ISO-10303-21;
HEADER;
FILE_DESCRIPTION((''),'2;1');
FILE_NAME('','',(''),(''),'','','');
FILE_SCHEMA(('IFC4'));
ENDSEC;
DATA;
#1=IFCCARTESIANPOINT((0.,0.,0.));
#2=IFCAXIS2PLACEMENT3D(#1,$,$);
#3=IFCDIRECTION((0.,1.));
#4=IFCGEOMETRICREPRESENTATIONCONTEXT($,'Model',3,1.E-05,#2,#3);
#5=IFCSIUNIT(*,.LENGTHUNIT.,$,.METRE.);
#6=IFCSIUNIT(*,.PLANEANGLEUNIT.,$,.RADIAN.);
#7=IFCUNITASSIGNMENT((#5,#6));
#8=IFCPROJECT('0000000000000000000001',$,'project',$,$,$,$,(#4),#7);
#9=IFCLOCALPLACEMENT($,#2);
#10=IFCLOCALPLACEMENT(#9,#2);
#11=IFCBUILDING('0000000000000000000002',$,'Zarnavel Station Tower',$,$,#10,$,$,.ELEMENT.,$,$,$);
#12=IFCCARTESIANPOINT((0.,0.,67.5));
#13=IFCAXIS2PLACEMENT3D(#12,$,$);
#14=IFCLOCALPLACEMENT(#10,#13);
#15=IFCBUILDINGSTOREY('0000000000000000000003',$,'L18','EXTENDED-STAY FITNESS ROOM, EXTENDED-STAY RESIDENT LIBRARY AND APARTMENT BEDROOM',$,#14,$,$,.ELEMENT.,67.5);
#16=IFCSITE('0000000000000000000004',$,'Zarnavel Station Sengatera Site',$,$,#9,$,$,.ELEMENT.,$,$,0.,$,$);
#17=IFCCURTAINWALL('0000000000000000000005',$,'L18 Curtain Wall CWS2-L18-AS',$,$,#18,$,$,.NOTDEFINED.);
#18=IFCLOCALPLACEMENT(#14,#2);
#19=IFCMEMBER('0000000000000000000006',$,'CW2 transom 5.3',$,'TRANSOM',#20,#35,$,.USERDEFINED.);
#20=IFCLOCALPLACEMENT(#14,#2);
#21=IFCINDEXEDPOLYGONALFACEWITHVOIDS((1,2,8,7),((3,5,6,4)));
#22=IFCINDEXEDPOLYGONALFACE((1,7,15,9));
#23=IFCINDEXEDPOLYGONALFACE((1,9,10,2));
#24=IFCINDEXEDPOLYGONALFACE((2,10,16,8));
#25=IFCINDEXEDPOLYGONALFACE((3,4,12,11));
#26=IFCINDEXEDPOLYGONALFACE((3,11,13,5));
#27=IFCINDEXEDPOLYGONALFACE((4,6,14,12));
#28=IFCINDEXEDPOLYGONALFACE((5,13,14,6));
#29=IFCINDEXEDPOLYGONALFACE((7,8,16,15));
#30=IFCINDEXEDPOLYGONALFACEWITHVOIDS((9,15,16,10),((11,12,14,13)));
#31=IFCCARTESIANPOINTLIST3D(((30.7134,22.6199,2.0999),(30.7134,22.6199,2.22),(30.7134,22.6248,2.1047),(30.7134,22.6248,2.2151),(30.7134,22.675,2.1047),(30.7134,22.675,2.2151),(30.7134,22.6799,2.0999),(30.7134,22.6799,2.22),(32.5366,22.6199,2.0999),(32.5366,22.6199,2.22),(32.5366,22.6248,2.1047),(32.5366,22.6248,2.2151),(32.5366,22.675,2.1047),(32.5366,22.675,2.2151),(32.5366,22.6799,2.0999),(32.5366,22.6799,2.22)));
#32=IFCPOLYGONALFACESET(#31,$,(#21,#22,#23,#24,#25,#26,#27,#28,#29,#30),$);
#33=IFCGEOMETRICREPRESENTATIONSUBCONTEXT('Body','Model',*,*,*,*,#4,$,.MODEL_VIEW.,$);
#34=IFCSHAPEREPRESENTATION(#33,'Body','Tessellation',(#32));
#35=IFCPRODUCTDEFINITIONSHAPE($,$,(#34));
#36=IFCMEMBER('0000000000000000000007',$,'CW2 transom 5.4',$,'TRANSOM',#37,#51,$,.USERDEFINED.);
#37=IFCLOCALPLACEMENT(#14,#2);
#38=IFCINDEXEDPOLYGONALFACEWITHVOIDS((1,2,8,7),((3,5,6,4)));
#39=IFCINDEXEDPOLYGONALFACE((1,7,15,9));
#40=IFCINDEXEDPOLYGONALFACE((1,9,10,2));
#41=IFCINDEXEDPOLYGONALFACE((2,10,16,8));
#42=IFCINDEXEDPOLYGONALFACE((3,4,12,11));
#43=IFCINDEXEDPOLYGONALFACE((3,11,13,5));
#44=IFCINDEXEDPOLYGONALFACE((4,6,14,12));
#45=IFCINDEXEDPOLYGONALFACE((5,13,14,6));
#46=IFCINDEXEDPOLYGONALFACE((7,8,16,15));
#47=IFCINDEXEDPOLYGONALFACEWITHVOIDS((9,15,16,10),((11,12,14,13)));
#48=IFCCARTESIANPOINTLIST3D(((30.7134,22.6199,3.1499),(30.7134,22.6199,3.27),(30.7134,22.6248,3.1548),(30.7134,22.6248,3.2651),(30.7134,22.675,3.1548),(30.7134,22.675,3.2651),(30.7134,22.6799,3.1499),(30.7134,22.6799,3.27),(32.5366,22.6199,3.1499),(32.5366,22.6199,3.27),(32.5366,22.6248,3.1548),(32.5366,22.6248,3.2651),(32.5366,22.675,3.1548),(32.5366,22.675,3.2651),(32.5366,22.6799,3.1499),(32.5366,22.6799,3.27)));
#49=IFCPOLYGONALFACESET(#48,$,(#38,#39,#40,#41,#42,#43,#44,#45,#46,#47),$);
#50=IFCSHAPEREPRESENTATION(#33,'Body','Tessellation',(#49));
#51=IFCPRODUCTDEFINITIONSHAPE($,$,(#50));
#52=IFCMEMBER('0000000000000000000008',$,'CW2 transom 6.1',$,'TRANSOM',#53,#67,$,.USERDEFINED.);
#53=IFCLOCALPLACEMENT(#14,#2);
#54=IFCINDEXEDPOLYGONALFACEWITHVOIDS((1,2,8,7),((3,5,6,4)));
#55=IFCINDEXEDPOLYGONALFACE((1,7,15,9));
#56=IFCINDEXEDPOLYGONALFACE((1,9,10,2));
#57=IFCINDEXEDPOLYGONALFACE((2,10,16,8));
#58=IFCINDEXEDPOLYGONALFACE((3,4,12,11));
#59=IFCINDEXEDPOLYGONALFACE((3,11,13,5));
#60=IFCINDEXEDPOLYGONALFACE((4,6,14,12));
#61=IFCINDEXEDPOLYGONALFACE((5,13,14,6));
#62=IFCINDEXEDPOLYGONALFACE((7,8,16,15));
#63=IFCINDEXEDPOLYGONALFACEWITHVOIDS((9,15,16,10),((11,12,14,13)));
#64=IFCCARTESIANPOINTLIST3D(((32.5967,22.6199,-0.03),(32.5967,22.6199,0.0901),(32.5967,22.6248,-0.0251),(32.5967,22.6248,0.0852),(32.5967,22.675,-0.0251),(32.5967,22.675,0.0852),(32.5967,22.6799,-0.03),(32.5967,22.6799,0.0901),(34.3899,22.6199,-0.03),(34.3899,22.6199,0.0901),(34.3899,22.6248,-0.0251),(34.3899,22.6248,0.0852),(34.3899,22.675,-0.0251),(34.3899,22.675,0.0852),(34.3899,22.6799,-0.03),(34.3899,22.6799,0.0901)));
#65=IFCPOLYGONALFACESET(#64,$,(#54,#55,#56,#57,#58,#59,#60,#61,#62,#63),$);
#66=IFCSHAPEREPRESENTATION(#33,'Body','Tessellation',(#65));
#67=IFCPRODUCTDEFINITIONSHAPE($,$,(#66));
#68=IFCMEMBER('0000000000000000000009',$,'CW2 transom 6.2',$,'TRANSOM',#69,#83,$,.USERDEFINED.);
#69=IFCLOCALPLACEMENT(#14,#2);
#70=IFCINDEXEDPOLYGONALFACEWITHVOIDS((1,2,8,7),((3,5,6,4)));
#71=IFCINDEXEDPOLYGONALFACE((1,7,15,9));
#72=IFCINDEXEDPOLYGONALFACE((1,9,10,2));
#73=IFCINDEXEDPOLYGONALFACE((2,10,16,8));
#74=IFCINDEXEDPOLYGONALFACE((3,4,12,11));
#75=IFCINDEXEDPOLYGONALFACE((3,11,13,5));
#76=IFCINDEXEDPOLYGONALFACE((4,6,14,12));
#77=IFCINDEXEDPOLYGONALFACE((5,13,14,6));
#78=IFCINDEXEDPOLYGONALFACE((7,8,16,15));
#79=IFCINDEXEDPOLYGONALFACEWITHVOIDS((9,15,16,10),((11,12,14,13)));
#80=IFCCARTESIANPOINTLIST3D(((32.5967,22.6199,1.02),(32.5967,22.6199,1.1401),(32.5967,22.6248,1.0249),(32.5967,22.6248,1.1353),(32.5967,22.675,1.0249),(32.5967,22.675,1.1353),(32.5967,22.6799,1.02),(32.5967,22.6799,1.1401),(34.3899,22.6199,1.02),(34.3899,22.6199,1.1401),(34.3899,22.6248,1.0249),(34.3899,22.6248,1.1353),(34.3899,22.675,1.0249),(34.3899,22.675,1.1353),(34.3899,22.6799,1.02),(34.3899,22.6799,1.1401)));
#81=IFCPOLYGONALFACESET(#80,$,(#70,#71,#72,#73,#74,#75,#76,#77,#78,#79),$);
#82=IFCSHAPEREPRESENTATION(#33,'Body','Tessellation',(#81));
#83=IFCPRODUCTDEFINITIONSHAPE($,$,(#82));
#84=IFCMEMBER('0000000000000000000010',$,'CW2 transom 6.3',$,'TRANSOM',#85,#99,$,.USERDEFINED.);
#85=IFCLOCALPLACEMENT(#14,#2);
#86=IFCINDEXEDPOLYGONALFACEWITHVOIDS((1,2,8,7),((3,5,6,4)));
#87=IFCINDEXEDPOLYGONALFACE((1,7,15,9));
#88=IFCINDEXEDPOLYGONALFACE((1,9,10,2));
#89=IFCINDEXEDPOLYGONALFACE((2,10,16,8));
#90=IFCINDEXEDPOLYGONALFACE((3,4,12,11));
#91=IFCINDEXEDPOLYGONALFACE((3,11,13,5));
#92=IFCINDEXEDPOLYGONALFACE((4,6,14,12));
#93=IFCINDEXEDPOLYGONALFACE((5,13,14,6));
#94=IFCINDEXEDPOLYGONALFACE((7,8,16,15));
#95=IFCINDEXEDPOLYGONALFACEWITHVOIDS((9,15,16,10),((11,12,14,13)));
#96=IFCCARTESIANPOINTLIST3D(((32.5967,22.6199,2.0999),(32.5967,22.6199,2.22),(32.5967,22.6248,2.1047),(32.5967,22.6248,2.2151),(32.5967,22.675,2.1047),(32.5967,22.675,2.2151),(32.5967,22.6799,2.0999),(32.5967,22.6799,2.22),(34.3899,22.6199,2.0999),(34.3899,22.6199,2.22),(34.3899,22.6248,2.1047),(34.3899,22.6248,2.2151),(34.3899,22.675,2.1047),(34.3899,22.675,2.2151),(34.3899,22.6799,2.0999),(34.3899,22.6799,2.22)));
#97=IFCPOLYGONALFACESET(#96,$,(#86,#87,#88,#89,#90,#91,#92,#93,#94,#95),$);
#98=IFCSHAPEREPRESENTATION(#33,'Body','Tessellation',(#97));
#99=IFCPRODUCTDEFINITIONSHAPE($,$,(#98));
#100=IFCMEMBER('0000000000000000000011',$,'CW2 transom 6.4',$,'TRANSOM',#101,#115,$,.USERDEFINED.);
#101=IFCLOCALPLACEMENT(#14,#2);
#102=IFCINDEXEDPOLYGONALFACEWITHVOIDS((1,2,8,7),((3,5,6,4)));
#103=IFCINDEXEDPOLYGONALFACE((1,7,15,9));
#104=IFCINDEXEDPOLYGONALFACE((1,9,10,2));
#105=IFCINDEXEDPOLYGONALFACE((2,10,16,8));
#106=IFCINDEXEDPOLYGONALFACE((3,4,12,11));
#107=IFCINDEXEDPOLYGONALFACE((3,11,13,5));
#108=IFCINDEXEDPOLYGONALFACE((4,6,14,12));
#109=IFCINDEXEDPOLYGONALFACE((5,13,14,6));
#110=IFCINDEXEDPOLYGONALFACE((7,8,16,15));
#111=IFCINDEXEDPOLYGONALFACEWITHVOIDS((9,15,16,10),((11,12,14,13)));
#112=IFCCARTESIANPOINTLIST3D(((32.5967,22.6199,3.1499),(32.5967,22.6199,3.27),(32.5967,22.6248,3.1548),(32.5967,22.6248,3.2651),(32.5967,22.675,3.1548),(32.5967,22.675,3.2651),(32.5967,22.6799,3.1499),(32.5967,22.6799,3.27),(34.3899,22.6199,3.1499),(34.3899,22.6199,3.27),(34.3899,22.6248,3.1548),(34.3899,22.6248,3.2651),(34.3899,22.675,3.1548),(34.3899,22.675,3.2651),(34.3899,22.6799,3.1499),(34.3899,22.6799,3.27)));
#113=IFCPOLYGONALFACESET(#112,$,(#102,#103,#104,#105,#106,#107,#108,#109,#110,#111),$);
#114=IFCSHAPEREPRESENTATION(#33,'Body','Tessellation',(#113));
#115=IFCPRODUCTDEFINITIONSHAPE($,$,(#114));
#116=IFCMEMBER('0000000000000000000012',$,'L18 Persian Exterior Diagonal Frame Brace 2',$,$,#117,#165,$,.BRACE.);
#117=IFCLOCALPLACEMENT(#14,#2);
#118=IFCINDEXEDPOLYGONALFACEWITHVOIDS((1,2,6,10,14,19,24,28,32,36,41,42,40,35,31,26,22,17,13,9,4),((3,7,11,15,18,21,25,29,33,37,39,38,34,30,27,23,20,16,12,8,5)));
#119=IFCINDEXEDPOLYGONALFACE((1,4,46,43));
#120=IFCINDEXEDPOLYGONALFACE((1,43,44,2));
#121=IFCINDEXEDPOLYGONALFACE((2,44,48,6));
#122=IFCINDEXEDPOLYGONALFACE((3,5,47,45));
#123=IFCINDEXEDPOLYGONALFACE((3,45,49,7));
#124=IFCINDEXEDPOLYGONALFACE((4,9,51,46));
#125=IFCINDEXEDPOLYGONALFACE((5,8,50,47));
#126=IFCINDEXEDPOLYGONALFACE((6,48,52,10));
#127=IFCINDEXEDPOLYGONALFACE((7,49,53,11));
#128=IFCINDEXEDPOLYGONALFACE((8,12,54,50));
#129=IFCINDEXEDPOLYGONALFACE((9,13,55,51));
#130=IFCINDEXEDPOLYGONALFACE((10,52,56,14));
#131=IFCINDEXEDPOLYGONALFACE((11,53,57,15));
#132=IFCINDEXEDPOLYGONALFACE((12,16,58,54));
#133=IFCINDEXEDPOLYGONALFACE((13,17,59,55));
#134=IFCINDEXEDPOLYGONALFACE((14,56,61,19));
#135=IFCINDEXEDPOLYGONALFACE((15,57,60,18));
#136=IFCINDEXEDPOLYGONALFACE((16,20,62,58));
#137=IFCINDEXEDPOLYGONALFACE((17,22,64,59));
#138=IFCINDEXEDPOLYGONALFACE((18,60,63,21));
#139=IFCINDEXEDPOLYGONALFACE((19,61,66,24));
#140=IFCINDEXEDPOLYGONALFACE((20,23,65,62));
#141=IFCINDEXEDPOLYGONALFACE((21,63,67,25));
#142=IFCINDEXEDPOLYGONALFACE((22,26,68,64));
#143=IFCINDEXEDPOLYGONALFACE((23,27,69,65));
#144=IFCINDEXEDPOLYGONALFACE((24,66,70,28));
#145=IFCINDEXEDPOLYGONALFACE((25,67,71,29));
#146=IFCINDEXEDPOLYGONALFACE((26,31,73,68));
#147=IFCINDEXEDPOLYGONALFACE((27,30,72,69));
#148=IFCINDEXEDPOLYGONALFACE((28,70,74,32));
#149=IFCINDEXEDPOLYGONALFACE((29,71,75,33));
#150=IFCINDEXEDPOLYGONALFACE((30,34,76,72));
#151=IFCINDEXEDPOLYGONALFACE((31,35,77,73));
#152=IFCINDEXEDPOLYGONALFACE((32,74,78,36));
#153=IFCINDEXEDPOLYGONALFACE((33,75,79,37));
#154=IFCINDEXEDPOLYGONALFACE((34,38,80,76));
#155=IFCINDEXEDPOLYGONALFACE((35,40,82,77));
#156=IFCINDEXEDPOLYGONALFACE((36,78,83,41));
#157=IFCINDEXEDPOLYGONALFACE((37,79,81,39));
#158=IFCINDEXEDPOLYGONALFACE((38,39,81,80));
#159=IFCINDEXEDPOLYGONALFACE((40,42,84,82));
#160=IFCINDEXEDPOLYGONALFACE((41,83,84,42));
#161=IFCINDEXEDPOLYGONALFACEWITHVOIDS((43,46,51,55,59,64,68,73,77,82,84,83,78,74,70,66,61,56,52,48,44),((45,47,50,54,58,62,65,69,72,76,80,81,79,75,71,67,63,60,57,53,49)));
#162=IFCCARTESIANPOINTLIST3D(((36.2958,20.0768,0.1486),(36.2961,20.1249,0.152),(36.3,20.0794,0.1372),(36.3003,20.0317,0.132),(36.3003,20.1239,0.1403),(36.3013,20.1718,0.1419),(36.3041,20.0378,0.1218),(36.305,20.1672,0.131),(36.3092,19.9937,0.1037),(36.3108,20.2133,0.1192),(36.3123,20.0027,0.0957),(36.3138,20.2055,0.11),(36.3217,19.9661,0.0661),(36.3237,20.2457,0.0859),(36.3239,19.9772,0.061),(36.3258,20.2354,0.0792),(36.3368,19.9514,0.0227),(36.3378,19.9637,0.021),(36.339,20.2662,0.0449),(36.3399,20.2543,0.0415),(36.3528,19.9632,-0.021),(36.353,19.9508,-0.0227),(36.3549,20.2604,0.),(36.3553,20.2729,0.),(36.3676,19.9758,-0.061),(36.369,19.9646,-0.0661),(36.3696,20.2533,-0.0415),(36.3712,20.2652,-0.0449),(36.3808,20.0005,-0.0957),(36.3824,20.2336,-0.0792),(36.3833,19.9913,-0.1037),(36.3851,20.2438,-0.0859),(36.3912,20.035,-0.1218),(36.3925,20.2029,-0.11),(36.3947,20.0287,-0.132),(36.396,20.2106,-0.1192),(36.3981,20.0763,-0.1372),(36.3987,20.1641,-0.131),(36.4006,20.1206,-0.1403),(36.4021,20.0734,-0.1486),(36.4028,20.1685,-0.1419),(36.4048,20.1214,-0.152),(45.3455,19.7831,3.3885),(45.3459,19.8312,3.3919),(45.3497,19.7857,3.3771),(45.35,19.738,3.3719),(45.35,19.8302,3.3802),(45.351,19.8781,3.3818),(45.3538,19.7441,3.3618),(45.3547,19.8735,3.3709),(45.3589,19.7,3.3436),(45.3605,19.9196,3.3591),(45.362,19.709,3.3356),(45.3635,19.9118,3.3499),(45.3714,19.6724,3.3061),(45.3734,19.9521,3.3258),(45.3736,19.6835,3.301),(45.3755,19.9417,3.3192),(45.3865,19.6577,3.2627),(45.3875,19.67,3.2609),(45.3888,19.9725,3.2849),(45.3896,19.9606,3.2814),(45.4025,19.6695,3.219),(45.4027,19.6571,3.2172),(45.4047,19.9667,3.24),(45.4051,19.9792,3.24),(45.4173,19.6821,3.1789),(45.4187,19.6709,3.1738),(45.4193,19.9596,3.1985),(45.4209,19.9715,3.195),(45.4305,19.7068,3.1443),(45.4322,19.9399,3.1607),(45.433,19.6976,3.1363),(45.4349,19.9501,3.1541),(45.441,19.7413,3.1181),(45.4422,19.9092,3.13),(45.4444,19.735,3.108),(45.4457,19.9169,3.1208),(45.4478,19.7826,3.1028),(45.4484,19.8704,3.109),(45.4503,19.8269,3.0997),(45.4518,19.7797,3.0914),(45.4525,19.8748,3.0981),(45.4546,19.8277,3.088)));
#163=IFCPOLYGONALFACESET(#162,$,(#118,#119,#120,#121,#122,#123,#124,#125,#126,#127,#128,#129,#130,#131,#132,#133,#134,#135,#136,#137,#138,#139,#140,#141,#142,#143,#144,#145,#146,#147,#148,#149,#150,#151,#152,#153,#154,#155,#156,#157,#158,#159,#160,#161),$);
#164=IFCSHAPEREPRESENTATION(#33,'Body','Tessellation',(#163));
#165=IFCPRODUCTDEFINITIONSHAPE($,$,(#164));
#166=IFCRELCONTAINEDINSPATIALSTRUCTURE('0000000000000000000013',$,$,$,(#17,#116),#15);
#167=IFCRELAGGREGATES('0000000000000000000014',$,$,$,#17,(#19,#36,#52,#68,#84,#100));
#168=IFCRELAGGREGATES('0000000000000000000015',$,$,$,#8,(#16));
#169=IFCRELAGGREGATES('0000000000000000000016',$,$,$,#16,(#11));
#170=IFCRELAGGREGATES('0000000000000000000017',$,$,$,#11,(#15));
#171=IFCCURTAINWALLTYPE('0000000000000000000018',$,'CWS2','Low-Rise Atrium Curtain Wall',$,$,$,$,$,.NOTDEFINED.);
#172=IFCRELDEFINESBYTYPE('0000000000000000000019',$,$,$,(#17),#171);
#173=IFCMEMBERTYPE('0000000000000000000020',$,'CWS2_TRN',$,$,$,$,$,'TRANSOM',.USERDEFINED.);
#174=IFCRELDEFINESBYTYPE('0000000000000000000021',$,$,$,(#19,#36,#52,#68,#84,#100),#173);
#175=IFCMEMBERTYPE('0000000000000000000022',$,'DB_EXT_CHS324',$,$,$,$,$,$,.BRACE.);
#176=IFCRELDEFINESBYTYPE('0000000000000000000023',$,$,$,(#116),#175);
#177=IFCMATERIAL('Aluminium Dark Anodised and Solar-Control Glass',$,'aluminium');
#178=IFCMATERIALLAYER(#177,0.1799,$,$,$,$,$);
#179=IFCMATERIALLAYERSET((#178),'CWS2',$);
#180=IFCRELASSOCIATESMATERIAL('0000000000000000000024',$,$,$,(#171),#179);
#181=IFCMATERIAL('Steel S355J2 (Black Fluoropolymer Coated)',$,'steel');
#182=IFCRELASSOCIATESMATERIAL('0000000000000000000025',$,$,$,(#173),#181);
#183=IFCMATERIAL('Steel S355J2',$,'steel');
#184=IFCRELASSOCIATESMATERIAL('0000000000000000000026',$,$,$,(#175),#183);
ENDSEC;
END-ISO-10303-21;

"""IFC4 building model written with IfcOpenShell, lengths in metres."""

from ifc_helpers import new_model, si_unit, direction, frame, origin, origin_2d, place, context, subcontext, project, spatial, hollow_rectangle, hollow_circle, extrude, material, layer, layer_set, material_profile, profile_set, type_object, element, aggregate, save


model = new_model("IFC4")

# Units and contexts
model_context = context("Model", 3, precision=1e-05, world=origin(), true_north=direction((0.0, 1.0)))
body_context = subcontext(model_context, "Body", "Model", "MODEL_VIEW")
ifc_project = project(units=[si_unit("LENGTHUNIT", "METRE"), si_unit("PLANEANGLEUNIT", "RADIAN")], contexts=[model_context])

# Site, building, storey
site_placement = place(None, origin())
site = spatial("IfcSite", under=ifc_project, at=site_placement, Name="Zarnavel Station Sengatera Site", CompositionType="ELEMENT", RefElevation=0.0)
building_placement = place(site_placement, origin())
building = spatial("IfcBuilding", under=site, at=building_placement, Name="Zarnavel Station Tower", CompositionType="ELEMENT")
storey_placement = place(building_placement, frame((0.0, 0.0, 67.5)))
storey = spatial("IfcBuildingStorey", under=building, at=storey_placement, Name="L18", Description="EXTENDED-STAY FITNESS ROOM, EXTENDED-STAY RESIDENT LIBRARY AND APARTMENT BEDROOM", CompositionType="ELEMENT", Elevation=67.5)

# Curtain wall, members
ifc_material_1 = material(Name="Aluminium Dark Anodised and Solar-Control Glass", Category="aluminium")
ifc_layer_1 = layer(ifc_material_1, 0.1799)
ifc_layer_set_1 = layer_set([ifc_layer_1], Name="CWS2")
curtain_wall_type = type_object("IfcCurtainWallType", Name="CWS2", Description="Low-Rise Atrium Curtain Wall", PredefinedType="NOTDEFINED", material=ifc_layer_set_1)
curtain_wall_placement = place(storey_placement, origin())
curtain_wall = element("IfcCurtainWall", 1, at=curtain_wall_placement, inside=storey, type_object=curtain_wall_type, Name="L18 Curtain Wall CWS2-L18-AS", PredefinedType="NOTDEFINED")
ifc_material_2 = material(Name="Steel S355J2 (Black Fluoropolymer Coated)", Category="steel")
ifc_material_profile_1 = material_profile(ifc_material_2, hollow_rectangle(XDim=0.0601, YDim=0.1201, WallThickness=0.0049, at=origin_2d()), Name="RHS120x60x5")
ifc_profile_set_1 = profile_set([ifc_material_profile_1], Name="Steel S355J2 (Black Fluoropolymer Coated)")
member_type_1 = type_object("IfcMemberType", Name="CWS2_TRN", ElementType="TRANSOM", PredefinedType="USERDEFINED", material=ifc_profile_set_1)
member_1_placement = place(storey_placement, frame((30.7134, 22.6499, 2.1599), z_axis=(1.0, 0.0, 0.0), x_axis=(0.0, 1.0, 0.0)))
member_1 = element("IfcMember", 2, at=member_1_placement, type_object=member_type_1, Name="CW2 transom 5.3", ObjectType="TRANSOM", PredefinedType="USERDEFINED", context=body_context, shape_type="SweptSolid", body=[
    extrude(hollow_rectangle(XDim=0.0601, YDim=0.1201, WallThickness=0.0049, at=origin_2d()), origin(), (0.0, 0.0, 1.0), 1.8232),
])
member_2_placement = place(storey_placement, frame((30.7134, 22.6499, 3.21), z_axis=(1.0, 0.0, 0.0), x_axis=(0.0, 1.0, 0.0)))
member_2 = element("IfcMember", 3, at=member_2_placement, type_object=member_type_1, Name="CW2 transom 5.4", ObjectType="TRANSOM", PredefinedType="USERDEFINED", context=body_context, shape_type="SweptSolid", body=[
    extrude(hollow_rectangle(XDim=0.0601, YDim=0.1201, WallThickness=0.0049, at=origin_2d()), origin(), (0.0, 0.0, 1.0), 1.8232),
])
member_3_placement = place(storey_placement, frame((32.5967, 22.6499, 0.03), z_axis=(1.0, 0.0, 0.0), x_axis=(0.0, 1.0, 0.0)))
member_3 = element("IfcMember", 4, at=member_3_placement, type_object=member_type_1, Name="CW2 transom 6.1", ObjectType="TRANSOM", PredefinedType="USERDEFINED", context=body_context, shape_type="SweptSolid", body=[
    extrude(hollow_rectangle(XDim=0.0601, YDim=0.1201, WallThickness=0.0049, at=origin_2d()), origin(), (0.0, 0.0, 1.0), 1.7932),
])
member_4_placement = place(storey_placement, frame((32.5967, 22.6499, 1.0801), z_axis=(1.0, 0.0, 0.0), x_axis=(0.0, 1.0, 0.0)))
member_4 = element("IfcMember", 5, at=member_4_placement, type_object=member_type_1, Name="CW2 transom 6.2", ObjectType="TRANSOM", PredefinedType="USERDEFINED", context=body_context, shape_type="SweptSolid", body=[
    extrude(hollow_rectangle(XDim=0.0601, YDim=0.1201, WallThickness=0.0049, at=origin_2d()), origin(), (0.0, 0.0, 1.0), 1.7932),
])
member_5_placement = place(storey_placement, frame((32.5967, 22.6499, 2.1599), z_axis=(1.0, 0.0, 0.0), x_axis=(0.0, 1.0, 0.0)))
member_5 = element("IfcMember", 6, at=member_5_placement, type_object=member_type_1, Name="CW2 transom 6.3", ObjectType="TRANSOM", PredefinedType="USERDEFINED", context=body_context, shape_type="SweptSolid", body=[
    extrude(hollow_rectangle(XDim=0.0601, YDim=0.1201, WallThickness=0.0049, at=origin_2d()), origin(), (0.0, 0.0, 1.0), 1.7932),
])
member_6_placement = place(storey_placement, frame((32.5967, 22.6499, 3.21), z_axis=(1.0, 0.0, 0.0), x_axis=(0.0, 1.0, 0.0)))
member_6 = element("IfcMember", 7, at=member_6_placement, type_object=member_type_1, Name="CW2 transom 6.4", ObjectType="TRANSOM", PredefinedType="USERDEFINED", context=body_context, shape_type="SweptSolid", body=[
    extrude(hollow_rectangle(XDim=0.0601, YDim=0.1201, WallThickness=0.0049, at=origin_2d()), origin(), (0.0, 0.0, 1.0), 1.7932),
])

# Member
ifc_material_3 = material(Name="Steel S355J2", Category="steel")
ifc_material_profile_2 = material_profile(ifc_material_3, hollow_circle(Radius=0.1619, WallThickness=0.0125, at=origin_2d()), Name="CHS323.9x12.5")
ifc_profile_set_2 = profile_set([ifc_material_profile_2], Name="Steel S355J2")
member_type_2 = type_object("IfcMemberType", Name="DB_EXT_CHS324", PredefinedType="BRACE", material=ifc_profile_set_2)
member_7_placement = place(storey_placement, frame((36.3501, 20.1111, 0.0), z_axis=(0.941042, -0.03054, 0.33691), x_axis=(0.032437, 0.999474, 0.0)))
element("IfcMember", 8, at=member_7_placement, inside=storey, type_object=member_type_2, Name="L18 Persian Exterior Diagonal Frame Brace 2", PredefinedType="BRACE", context=body_context, shape_type="SweptSolid", body=[
    extrude(hollow_circle(Radius=0.1619, WallThickness=0.0125, at=origin_2d()), origin(), (0.0, 0.0, 1.0), 9.6167),
])

aggregate(curtain_wall, [member_1, member_2, member_3, member_4, member_5, member_6])

save(model, "model.ifc")
